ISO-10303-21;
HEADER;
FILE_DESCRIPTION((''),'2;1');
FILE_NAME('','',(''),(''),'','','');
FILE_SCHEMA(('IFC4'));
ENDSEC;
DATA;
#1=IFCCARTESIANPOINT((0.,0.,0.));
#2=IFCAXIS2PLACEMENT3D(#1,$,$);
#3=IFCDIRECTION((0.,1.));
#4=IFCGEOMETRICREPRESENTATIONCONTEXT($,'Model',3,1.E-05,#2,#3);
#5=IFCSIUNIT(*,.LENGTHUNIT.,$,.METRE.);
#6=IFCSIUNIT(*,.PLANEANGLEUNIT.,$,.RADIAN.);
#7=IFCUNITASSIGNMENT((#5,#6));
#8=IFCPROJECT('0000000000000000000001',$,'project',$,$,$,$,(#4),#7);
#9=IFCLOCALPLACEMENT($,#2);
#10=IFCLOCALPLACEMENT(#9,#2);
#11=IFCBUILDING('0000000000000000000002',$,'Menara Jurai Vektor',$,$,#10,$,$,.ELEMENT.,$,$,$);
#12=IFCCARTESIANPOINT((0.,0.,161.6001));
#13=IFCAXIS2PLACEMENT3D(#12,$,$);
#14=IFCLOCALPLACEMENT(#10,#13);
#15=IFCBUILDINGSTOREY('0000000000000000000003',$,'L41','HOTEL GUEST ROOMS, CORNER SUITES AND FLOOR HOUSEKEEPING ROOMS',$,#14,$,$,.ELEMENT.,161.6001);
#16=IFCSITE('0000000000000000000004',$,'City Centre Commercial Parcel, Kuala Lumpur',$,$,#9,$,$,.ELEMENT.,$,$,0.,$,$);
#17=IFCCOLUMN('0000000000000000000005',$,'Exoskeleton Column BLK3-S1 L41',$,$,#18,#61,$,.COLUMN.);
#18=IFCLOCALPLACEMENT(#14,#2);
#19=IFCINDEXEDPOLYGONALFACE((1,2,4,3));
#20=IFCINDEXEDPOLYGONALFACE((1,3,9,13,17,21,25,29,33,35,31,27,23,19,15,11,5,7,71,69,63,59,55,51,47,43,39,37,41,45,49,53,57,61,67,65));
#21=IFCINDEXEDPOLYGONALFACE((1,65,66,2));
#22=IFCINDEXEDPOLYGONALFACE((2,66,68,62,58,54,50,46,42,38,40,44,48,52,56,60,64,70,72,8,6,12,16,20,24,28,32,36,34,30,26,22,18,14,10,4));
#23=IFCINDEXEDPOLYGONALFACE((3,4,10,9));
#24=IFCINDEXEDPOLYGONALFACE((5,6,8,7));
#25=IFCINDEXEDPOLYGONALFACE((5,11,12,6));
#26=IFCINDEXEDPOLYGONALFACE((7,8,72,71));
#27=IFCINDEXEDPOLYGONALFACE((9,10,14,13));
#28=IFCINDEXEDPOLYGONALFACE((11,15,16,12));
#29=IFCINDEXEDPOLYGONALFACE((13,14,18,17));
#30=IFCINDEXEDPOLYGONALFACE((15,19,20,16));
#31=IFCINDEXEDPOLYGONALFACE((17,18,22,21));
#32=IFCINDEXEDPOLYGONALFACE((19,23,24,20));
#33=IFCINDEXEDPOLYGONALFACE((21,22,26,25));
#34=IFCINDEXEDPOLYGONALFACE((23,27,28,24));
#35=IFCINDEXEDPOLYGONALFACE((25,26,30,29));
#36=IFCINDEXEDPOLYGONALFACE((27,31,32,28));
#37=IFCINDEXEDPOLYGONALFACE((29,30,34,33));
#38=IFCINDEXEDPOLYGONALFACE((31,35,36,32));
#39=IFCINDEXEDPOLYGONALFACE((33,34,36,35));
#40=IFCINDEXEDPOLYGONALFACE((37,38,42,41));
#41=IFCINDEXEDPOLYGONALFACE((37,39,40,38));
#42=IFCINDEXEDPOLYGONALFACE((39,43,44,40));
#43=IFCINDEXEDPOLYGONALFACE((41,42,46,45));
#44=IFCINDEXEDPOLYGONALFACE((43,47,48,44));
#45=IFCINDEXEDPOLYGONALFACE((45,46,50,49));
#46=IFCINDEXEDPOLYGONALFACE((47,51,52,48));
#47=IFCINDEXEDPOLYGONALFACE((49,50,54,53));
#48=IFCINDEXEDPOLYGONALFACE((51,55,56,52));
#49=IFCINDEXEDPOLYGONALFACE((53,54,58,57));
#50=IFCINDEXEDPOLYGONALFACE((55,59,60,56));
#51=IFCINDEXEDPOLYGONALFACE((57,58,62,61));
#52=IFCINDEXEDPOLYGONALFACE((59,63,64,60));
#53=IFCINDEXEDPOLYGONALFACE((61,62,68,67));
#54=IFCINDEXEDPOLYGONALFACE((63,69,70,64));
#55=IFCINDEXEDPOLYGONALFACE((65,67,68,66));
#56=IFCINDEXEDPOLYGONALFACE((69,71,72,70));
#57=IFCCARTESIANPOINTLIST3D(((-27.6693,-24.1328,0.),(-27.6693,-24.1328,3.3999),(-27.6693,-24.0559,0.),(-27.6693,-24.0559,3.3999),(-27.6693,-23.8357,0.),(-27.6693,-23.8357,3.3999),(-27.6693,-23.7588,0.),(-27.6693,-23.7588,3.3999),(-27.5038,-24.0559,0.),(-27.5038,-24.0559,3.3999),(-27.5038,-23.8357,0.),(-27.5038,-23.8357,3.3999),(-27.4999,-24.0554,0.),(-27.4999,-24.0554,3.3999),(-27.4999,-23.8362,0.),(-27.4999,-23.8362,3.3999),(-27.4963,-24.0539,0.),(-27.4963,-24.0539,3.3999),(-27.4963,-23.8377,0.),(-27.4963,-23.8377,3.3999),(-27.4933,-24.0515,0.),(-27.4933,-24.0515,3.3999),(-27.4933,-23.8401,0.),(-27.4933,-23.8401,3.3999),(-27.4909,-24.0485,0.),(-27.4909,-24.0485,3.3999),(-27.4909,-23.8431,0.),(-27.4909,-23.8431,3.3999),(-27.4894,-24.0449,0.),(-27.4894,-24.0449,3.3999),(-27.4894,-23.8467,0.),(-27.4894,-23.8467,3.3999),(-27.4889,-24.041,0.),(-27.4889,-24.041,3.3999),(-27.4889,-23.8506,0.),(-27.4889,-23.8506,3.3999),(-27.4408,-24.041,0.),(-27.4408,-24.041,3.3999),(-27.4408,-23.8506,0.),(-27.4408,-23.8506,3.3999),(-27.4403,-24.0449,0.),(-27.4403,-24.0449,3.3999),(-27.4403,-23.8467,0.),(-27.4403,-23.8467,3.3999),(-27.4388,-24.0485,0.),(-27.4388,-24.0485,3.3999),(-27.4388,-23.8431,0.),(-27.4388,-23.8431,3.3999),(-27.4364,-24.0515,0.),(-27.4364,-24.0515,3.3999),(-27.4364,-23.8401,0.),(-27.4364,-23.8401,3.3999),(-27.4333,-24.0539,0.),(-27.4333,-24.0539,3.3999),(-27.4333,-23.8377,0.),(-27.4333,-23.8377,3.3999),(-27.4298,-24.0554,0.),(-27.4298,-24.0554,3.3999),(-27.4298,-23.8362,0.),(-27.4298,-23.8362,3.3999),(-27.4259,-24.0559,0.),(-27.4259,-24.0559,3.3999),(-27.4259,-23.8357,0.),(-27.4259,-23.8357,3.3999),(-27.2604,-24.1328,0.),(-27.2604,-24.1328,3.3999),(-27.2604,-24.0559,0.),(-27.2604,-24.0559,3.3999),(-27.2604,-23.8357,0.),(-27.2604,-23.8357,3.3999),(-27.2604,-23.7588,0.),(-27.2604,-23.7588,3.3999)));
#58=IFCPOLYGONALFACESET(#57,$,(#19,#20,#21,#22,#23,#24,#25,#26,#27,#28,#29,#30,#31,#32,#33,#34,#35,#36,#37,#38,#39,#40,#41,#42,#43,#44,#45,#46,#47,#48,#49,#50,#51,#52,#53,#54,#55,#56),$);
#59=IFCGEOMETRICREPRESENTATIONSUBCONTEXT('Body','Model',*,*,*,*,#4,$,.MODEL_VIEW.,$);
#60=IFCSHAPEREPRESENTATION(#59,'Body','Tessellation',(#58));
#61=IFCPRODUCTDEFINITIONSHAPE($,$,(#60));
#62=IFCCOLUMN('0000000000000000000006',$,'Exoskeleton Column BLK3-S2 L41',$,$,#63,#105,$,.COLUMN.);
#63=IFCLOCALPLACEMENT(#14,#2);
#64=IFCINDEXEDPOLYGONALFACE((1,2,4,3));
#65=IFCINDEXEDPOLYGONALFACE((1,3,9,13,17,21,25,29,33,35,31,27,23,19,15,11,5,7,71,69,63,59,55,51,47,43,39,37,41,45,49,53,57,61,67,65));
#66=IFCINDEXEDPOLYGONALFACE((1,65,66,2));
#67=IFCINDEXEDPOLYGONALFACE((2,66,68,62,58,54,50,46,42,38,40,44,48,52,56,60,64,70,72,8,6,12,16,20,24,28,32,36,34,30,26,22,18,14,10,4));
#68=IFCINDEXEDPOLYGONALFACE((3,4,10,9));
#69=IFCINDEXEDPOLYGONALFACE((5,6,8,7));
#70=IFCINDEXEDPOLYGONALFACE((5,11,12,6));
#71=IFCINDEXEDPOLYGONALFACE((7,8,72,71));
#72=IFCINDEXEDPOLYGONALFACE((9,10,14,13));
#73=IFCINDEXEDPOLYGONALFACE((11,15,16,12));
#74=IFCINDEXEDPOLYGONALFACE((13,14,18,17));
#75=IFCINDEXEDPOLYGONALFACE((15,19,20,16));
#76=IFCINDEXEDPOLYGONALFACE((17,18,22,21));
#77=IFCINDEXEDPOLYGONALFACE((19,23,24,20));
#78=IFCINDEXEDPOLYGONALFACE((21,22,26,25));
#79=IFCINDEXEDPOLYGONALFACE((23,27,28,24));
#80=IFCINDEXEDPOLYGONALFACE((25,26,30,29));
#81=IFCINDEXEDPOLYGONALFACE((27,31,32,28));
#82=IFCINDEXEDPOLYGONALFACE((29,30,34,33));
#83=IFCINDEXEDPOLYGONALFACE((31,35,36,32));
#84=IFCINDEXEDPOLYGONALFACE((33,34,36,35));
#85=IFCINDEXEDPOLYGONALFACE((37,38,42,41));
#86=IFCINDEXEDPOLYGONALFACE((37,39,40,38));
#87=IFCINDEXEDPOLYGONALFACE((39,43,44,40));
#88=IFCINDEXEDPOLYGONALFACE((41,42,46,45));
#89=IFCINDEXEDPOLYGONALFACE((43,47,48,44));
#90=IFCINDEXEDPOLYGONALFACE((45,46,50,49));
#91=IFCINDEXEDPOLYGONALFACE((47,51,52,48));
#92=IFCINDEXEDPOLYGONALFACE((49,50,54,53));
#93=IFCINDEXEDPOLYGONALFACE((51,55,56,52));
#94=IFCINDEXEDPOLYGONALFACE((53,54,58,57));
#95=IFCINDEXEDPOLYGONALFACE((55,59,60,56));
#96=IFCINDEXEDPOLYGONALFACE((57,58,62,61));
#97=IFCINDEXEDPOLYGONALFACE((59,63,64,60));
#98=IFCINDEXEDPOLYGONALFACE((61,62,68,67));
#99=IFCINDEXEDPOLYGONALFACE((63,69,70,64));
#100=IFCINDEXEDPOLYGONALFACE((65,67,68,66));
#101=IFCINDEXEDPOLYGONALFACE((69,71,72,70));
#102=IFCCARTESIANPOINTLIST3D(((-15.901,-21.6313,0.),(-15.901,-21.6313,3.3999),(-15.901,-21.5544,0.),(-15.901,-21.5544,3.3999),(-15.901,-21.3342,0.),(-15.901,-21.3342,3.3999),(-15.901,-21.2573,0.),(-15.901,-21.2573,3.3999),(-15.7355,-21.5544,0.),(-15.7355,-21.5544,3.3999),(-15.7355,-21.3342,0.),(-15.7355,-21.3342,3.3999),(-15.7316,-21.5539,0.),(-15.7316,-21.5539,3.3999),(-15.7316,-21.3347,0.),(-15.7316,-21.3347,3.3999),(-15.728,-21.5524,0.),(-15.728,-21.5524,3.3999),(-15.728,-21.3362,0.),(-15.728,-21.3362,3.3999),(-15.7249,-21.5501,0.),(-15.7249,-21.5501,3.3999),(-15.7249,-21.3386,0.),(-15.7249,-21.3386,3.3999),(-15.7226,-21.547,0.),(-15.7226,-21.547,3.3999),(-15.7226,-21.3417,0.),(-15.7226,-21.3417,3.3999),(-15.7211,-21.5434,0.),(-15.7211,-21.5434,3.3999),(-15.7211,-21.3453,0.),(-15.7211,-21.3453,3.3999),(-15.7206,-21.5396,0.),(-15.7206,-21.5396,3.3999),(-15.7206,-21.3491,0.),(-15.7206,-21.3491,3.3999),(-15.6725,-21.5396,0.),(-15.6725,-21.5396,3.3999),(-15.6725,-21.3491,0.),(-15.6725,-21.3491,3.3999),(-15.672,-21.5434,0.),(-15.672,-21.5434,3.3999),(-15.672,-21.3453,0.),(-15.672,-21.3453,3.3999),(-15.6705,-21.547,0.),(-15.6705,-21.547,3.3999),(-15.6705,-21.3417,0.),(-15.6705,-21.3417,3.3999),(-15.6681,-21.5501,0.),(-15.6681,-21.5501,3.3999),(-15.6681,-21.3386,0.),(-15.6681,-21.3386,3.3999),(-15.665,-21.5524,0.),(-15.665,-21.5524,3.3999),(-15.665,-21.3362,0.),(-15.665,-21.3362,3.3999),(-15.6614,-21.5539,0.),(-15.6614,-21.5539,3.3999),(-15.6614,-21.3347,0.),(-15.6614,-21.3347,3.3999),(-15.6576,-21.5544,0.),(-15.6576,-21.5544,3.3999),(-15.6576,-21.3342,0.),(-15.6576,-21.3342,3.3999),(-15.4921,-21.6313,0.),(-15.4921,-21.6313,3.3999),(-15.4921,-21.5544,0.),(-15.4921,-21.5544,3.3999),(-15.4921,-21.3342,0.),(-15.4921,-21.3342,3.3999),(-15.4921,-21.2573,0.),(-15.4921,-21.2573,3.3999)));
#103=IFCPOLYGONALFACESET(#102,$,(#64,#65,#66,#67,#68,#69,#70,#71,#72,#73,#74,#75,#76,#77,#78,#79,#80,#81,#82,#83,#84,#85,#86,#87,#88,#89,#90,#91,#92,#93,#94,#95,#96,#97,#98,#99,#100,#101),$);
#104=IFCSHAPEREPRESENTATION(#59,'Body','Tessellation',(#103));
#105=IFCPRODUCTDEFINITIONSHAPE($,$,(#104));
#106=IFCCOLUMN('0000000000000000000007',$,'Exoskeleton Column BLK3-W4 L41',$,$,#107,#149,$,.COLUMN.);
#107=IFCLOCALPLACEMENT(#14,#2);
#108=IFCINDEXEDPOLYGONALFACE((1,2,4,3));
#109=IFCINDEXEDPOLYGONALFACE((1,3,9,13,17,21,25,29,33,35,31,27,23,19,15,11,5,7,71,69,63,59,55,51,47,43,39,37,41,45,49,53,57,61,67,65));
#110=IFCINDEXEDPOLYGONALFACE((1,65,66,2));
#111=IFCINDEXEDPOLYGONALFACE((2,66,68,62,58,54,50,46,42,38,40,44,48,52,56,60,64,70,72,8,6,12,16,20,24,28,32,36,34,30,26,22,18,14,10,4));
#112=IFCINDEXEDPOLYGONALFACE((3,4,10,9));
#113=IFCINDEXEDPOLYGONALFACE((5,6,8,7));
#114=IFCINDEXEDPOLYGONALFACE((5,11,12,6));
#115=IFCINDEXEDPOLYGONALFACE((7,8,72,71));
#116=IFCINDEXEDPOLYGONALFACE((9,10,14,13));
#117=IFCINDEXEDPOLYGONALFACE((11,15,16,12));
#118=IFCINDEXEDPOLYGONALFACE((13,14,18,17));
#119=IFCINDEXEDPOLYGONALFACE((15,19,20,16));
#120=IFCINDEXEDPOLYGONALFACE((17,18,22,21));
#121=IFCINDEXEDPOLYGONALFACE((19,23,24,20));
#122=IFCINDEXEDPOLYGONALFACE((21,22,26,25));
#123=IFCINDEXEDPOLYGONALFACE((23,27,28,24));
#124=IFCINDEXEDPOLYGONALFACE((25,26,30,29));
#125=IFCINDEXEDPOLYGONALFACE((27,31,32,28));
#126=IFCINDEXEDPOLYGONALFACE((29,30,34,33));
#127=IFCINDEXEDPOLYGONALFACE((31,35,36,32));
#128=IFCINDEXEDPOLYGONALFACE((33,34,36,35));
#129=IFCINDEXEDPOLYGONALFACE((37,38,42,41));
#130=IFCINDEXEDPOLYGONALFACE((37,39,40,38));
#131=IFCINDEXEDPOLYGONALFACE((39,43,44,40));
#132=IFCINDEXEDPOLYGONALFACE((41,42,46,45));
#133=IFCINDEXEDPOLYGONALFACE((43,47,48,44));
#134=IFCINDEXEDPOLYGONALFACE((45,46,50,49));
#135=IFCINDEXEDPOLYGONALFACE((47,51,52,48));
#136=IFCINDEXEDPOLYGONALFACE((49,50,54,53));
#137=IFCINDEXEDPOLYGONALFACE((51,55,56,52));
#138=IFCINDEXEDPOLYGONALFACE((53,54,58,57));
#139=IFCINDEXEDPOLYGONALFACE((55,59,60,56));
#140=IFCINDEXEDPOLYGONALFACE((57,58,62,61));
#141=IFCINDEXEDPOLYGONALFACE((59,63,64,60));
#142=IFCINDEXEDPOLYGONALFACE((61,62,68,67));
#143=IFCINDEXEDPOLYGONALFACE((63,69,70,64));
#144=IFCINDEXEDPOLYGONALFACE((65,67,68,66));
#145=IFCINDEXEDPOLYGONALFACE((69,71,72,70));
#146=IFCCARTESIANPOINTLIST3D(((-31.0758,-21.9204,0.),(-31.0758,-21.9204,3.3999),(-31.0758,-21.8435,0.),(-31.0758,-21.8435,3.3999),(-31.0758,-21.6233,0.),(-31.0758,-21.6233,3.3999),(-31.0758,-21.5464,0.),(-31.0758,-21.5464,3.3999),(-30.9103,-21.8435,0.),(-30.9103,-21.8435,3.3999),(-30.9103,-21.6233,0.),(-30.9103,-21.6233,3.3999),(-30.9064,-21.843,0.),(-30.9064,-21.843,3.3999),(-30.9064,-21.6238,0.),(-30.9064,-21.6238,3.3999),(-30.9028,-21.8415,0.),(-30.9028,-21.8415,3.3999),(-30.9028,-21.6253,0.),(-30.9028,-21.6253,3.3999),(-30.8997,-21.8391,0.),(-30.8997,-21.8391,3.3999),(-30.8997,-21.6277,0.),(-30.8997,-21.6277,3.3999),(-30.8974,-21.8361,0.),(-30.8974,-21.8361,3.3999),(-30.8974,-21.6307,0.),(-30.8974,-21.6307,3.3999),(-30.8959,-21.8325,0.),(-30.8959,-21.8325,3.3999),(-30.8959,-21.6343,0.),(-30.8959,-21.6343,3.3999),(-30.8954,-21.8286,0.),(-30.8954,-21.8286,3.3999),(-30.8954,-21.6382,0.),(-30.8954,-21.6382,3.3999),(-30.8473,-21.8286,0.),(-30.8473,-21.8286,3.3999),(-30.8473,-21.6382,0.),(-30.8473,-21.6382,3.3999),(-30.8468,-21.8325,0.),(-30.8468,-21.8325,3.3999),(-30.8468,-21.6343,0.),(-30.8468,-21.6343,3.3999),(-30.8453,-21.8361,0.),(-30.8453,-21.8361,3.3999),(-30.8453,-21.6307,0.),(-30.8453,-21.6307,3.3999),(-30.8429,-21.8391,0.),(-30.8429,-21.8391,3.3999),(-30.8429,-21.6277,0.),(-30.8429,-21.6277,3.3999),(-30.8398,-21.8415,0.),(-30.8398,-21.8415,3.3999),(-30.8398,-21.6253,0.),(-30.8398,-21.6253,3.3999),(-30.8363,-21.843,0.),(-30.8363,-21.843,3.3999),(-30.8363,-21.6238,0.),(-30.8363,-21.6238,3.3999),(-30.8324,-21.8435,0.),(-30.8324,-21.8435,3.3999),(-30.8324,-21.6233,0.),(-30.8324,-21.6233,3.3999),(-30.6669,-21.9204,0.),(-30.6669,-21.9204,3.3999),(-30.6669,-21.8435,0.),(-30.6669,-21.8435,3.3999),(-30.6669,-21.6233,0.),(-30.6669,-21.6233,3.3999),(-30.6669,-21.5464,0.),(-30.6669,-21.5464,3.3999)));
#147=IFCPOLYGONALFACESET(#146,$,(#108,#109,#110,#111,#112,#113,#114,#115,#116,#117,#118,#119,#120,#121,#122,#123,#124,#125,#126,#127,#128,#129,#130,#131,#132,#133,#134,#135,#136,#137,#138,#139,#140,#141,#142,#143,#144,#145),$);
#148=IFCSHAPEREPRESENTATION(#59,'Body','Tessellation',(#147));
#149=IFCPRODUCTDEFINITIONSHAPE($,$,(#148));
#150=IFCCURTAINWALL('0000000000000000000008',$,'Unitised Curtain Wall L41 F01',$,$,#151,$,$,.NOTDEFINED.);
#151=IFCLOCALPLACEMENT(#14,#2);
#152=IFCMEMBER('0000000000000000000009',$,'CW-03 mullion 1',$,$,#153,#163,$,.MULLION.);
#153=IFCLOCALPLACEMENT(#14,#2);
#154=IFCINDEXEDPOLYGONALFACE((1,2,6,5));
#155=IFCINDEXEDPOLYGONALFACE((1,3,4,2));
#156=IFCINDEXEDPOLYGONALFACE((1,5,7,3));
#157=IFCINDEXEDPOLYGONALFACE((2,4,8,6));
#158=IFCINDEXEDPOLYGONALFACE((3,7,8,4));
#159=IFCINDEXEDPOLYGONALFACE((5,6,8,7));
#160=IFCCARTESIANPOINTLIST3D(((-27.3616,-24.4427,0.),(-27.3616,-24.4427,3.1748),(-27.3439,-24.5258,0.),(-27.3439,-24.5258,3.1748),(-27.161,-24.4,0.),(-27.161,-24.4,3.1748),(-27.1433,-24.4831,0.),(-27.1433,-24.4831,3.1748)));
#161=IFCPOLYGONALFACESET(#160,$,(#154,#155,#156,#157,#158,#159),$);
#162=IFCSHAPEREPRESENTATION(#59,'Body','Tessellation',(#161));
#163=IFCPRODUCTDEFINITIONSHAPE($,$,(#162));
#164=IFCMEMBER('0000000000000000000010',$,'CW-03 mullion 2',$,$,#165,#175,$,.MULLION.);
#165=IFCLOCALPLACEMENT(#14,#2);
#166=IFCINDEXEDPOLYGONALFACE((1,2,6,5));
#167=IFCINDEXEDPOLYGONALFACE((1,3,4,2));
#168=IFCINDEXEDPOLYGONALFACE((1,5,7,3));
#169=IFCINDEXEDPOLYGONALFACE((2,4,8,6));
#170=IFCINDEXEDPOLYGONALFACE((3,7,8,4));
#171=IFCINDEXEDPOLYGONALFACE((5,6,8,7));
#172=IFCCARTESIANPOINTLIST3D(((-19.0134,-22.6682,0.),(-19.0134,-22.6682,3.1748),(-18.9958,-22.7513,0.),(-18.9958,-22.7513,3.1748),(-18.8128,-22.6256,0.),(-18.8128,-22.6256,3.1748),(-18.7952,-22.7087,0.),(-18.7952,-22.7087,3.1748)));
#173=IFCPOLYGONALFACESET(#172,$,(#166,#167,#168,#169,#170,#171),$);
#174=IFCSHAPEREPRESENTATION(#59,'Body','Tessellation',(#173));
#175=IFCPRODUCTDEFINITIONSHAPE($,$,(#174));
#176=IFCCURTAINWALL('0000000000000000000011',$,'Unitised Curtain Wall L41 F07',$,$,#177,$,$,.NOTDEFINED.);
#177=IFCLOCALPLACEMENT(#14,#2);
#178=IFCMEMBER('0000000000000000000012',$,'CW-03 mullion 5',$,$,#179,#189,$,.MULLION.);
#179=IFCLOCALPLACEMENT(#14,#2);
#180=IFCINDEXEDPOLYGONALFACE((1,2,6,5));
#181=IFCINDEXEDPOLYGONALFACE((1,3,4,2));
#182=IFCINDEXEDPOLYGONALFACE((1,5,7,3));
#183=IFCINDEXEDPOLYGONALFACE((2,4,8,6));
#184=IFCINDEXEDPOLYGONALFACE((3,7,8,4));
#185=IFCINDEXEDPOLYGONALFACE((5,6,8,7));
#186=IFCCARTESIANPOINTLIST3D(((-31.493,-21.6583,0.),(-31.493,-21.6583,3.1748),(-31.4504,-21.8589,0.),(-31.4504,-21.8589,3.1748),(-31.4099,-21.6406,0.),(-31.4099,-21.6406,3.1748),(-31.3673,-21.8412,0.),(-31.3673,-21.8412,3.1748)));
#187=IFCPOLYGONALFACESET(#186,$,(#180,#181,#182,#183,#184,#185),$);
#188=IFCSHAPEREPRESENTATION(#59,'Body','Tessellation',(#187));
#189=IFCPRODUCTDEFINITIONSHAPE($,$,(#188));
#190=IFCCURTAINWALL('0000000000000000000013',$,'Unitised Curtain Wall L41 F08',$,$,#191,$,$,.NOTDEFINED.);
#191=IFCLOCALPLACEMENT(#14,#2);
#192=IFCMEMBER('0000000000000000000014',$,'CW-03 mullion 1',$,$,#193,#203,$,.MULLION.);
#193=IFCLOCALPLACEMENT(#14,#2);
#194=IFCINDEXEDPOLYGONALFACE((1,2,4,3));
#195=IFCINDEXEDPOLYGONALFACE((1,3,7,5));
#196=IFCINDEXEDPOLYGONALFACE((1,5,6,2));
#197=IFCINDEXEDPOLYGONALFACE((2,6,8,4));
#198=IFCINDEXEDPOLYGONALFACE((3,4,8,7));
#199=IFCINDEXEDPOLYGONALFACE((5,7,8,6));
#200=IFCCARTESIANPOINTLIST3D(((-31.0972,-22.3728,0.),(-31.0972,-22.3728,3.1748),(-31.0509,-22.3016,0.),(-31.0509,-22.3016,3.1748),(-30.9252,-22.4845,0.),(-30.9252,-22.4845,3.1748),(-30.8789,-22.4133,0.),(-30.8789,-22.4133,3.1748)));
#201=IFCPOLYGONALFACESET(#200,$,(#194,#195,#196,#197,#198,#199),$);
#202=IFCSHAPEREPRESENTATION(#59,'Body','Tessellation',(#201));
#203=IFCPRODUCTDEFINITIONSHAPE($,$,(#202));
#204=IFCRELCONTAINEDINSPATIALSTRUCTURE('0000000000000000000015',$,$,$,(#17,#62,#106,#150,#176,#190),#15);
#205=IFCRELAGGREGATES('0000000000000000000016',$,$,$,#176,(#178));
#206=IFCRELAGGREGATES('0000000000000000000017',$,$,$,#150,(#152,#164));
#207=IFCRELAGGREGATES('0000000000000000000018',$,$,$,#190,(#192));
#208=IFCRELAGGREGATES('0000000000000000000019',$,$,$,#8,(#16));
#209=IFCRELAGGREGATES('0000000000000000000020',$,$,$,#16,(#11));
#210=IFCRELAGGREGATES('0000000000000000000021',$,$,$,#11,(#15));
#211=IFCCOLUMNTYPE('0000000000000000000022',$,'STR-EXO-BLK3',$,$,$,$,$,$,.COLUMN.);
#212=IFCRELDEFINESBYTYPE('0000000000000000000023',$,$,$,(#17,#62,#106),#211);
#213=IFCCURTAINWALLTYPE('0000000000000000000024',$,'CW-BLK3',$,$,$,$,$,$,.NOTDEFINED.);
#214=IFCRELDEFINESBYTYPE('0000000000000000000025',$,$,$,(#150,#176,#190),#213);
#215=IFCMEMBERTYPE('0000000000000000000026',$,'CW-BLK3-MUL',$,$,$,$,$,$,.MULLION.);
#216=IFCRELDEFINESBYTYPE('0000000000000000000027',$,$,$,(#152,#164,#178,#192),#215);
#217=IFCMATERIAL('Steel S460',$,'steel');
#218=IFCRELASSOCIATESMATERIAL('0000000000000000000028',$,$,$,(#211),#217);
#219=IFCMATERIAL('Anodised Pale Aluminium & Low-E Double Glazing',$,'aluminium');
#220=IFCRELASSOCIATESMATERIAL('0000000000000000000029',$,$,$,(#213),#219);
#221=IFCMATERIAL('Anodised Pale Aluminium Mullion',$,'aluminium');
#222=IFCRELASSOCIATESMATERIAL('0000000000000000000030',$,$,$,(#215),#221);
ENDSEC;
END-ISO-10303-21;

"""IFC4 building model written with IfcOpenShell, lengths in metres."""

from ifc_helpers import new_model, si_unit, direction, frame, origin, origin_2d, place, context, subcontext, project, spatial, rectangle, i_section, extrude, material, material_profile, profile_set, type_object, element, aggregate, save


model = new_model("IFC4")

# Units and contexts
model_context = context("Model", 3, precision=1e-05, world=origin(), true_north=direction((0.0, 1.0)))
body_context = subcontext(model_context, "Body", "Model", "MODEL_VIEW")
ifc_project = project(units=[si_unit("LENGTHUNIT", "METRE"), si_unit("PLANEANGLEUNIT", "RADIAN")], contexts=[model_context])

# Site, building, storey
site_placement = place(None, origin())
site = spatial("IfcSite", under=ifc_project, at=site_placement, Name="City Centre Commercial Parcel, Kuala Lumpur", CompositionType="ELEMENT", RefElevation=0.0)
building_placement = place(site_placement, origin())
building = spatial("IfcBuilding", under=site, at=building_placement, Name="Menara Jurai Vektor", CompositionType="ELEMENT")
storey_placement = place(building_placement, frame((0.0, 0.0, 161.6001)))
storey = spatial("IfcBuildingStorey", under=building, at=storey_placement, Name="L41", Description="HOTEL GUEST ROOMS, CORNER SUITES AND FLOOR HOUSEKEEPING ROOMS", CompositionType="ELEMENT", Elevation=161.6001)

# Columns
ifc_material_1 = material(Name="Steel S460", Category="steel")
ifc_material_profile_1 = material_profile(ifc_material_1, i_section(OverallWidth=0.4089, OverallDepth=0.374, WebThickness=0.0481, FlangeThickness=0.0769, FilletRadius=0.0149, at=origin_2d()), Name="HD 400x634")
ifc_profile_set_1 = profile_set([ifc_material_profile_1], Name="Steel S460")
column_type = type_object("IfcColumnType", Name="STR-EXO-BLK3", PredefinedType="COLUMN", material=ifc_profile_set_1)
for number, where, z_axis, x_axis, name in (
    (1, (-27.4648, -23.9458, 0.0), (0.0, 0.0, 1.0), (1.0, 0.0, 0.0), "Exoskeleton Column BLK3-S1 L41"),
    (2, (-15.6965, -21.4443, 0.0), (0.0, 0.0, 1.0), (1.0, 0.0, 0.0), "Exoskeleton Column BLK3-S2 L41"),
    (3, (-30.8713, -21.7334, 0.0), (0.0, 0.0, 1.0), (1.0, 0.0, 0.0), "Exoskeleton Column BLK3-W4 L41"),
):
    element("IfcColumn", number, at=place(storey_placement, frame(where, z_axis=z_axis, x_axis=x_axis)), inside=storey, type_object=column_type, Name=name, PredefinedType="COLUMN", context=body_context, shape_type="SweptSolid", body=[
        extrude(i_section(OverallWidth=0.4089, OverallDepth=0.374, WebThickness=0.0481, FlangeThickness=0.0769, FilletRadius=0.0149, at=origin_2d()), origin(), (0.0, 0.0, 1.0), 3.3999),
    ])

# Curtain wall, members
ifc_material_2 = material(Name="Anodised Pale Aluminium & Low-E Double Glazing", Category="aluminium")
curtain_wall_type = type_object("IfcCurtainWallType", Name="CW-BLK3", PredefinedType="NOTDEFINED", material=ifc_material_2)
curtain_wall_1_placement = place(storey_placement, origin())
curtain_wall_1 = element("IfcCurtainWall", 4, at=curtain_wall_1_placement, inside=storey, type_object=curtain_wall_type, Name="Unitised Curtain Wall L41 F01", PredefinedType="NOTDEFINED")
ifc_material_3 = material(Name="Anodised Pale Aluminium Mullion", Category="aluminium")
ifc_material_profile_2 = material_profile(ifc_material_3, rectangle(XDim=0.085, YDim=0.2051, at=origin_2d()), Name="ALU MUL 85x205")
ifc_profile_set_2 = profile_set([ifc_material_profile_2], Name="Anodised Pale Aluminium Mullion")
member_type_1 = type_object("IfcMemberType", Name="CW-BLK3-MUL", PredefinedType="MULLION", material=ifc_profile_set_2)
member_1_placement = place(storey_placement, frame((-27.2524, -24.4629, 0.0), z_axis=(0.0, 0.0, 1.0), x_axis=(-0.207911, 0.978148, 0.0)))
member_1 = element("IfcMember", 5, at=member_1_placement, type_object=member_type_1, Name="CW-03 mullion 1", PredefinedType="MULLION", context=body_context, shape_type="SweptSolid", body=[
    extrude(rectangle(XDim=0.085, YDim=0.2051, at=origin_2d()), origin(), (0.0, 0.0, 1.0), 3.1748),
])
member_2_placement = place(storey_placement, frame((-18.9043, -22.6885, 0.0), z_axis=(0.0, 0.0, 1.0), x_axis=(-0.207911, 0.978148, 0.0)))
member_2 = element("IfcMember", 6, at=member_2_placement, type_object=member_type_1, Name="CW-03 mullion 2", PredefinedType="MULLION", context=body_context, shape_type="SweptSolid", body=[
    extrude(rectangle(XDim=0.085, YDim=0.2051, at=origin_2d()), origin(), (0.0, 0.0, 1.0), 3.1748),
])

# Curtain wall, member
curtain_wall_2_placement = place(storey_placement, origin())
curtain_wall_2 = element("IfcCurtainWall", 7, at=curtain_wall_2_placement, inside=storey, type_object=curtain_wall_type, Name="Unitised Curtain Wall L41 F07", PredefinedType="NOTDEFINED")
member_3_placement = place(storey_placement, frame((-31.4302, -21.7498, 0.0), z_axis=(0.0, 0.0, 1.0), x_axis=(0.978148, 0.20791, 0.0)))
member_3 = element("IfcMember", 8, at=member_3_placement, type_object=member_type_1, Name="CW-03 mullion 5", PredefinedType="MULLION", context=body_context, shape_type="SweptSolid", body=[
    extrude(rectangle(XDim=0.085, YDim=0.2051, at=origin_2d()), origin(), (0.0, 0.0, 1.0), 3.1748),
])
aggregate(curtain_wall_2, [member_3])

# Curtain wall, member
curtain_wall_3_placement = place(storey_placement, origin())
curtain_wall_3 = element("IfcCurtainWall", 9, at=curtain_wall_3_placement, inside=storey, type_object=curtain_wall_type, Name="Unitised Curtain Wall L41 F08", PredefinedType="NOTDEFINED")
member_4_placement = place(storey_placement, frame((-30.988, -22.3931, 0.0), z_axis=(0.0, 0.0, 1.0), x_axis=(0.544618, 0.838684, 0.0)))
member_4 = element("IfcMember", 10, at=member_4_placement, type_object=member_type_1, Name="CW-03 mullion 1", PredefinedType="MULLION", context=body_context, shape_type="SweptSolid", body=[
    extrude(rectangle(XDim=0.085, YDim=0.2051, at=origin_2d()), origin(), (0.0, 0.0, 1.0), 3.1748),
])

aggregate(curtain_wall_1, [member_1, member_2])
aggregate(curtain_wall_3, [member_4])

save(model, "model.ifc")
